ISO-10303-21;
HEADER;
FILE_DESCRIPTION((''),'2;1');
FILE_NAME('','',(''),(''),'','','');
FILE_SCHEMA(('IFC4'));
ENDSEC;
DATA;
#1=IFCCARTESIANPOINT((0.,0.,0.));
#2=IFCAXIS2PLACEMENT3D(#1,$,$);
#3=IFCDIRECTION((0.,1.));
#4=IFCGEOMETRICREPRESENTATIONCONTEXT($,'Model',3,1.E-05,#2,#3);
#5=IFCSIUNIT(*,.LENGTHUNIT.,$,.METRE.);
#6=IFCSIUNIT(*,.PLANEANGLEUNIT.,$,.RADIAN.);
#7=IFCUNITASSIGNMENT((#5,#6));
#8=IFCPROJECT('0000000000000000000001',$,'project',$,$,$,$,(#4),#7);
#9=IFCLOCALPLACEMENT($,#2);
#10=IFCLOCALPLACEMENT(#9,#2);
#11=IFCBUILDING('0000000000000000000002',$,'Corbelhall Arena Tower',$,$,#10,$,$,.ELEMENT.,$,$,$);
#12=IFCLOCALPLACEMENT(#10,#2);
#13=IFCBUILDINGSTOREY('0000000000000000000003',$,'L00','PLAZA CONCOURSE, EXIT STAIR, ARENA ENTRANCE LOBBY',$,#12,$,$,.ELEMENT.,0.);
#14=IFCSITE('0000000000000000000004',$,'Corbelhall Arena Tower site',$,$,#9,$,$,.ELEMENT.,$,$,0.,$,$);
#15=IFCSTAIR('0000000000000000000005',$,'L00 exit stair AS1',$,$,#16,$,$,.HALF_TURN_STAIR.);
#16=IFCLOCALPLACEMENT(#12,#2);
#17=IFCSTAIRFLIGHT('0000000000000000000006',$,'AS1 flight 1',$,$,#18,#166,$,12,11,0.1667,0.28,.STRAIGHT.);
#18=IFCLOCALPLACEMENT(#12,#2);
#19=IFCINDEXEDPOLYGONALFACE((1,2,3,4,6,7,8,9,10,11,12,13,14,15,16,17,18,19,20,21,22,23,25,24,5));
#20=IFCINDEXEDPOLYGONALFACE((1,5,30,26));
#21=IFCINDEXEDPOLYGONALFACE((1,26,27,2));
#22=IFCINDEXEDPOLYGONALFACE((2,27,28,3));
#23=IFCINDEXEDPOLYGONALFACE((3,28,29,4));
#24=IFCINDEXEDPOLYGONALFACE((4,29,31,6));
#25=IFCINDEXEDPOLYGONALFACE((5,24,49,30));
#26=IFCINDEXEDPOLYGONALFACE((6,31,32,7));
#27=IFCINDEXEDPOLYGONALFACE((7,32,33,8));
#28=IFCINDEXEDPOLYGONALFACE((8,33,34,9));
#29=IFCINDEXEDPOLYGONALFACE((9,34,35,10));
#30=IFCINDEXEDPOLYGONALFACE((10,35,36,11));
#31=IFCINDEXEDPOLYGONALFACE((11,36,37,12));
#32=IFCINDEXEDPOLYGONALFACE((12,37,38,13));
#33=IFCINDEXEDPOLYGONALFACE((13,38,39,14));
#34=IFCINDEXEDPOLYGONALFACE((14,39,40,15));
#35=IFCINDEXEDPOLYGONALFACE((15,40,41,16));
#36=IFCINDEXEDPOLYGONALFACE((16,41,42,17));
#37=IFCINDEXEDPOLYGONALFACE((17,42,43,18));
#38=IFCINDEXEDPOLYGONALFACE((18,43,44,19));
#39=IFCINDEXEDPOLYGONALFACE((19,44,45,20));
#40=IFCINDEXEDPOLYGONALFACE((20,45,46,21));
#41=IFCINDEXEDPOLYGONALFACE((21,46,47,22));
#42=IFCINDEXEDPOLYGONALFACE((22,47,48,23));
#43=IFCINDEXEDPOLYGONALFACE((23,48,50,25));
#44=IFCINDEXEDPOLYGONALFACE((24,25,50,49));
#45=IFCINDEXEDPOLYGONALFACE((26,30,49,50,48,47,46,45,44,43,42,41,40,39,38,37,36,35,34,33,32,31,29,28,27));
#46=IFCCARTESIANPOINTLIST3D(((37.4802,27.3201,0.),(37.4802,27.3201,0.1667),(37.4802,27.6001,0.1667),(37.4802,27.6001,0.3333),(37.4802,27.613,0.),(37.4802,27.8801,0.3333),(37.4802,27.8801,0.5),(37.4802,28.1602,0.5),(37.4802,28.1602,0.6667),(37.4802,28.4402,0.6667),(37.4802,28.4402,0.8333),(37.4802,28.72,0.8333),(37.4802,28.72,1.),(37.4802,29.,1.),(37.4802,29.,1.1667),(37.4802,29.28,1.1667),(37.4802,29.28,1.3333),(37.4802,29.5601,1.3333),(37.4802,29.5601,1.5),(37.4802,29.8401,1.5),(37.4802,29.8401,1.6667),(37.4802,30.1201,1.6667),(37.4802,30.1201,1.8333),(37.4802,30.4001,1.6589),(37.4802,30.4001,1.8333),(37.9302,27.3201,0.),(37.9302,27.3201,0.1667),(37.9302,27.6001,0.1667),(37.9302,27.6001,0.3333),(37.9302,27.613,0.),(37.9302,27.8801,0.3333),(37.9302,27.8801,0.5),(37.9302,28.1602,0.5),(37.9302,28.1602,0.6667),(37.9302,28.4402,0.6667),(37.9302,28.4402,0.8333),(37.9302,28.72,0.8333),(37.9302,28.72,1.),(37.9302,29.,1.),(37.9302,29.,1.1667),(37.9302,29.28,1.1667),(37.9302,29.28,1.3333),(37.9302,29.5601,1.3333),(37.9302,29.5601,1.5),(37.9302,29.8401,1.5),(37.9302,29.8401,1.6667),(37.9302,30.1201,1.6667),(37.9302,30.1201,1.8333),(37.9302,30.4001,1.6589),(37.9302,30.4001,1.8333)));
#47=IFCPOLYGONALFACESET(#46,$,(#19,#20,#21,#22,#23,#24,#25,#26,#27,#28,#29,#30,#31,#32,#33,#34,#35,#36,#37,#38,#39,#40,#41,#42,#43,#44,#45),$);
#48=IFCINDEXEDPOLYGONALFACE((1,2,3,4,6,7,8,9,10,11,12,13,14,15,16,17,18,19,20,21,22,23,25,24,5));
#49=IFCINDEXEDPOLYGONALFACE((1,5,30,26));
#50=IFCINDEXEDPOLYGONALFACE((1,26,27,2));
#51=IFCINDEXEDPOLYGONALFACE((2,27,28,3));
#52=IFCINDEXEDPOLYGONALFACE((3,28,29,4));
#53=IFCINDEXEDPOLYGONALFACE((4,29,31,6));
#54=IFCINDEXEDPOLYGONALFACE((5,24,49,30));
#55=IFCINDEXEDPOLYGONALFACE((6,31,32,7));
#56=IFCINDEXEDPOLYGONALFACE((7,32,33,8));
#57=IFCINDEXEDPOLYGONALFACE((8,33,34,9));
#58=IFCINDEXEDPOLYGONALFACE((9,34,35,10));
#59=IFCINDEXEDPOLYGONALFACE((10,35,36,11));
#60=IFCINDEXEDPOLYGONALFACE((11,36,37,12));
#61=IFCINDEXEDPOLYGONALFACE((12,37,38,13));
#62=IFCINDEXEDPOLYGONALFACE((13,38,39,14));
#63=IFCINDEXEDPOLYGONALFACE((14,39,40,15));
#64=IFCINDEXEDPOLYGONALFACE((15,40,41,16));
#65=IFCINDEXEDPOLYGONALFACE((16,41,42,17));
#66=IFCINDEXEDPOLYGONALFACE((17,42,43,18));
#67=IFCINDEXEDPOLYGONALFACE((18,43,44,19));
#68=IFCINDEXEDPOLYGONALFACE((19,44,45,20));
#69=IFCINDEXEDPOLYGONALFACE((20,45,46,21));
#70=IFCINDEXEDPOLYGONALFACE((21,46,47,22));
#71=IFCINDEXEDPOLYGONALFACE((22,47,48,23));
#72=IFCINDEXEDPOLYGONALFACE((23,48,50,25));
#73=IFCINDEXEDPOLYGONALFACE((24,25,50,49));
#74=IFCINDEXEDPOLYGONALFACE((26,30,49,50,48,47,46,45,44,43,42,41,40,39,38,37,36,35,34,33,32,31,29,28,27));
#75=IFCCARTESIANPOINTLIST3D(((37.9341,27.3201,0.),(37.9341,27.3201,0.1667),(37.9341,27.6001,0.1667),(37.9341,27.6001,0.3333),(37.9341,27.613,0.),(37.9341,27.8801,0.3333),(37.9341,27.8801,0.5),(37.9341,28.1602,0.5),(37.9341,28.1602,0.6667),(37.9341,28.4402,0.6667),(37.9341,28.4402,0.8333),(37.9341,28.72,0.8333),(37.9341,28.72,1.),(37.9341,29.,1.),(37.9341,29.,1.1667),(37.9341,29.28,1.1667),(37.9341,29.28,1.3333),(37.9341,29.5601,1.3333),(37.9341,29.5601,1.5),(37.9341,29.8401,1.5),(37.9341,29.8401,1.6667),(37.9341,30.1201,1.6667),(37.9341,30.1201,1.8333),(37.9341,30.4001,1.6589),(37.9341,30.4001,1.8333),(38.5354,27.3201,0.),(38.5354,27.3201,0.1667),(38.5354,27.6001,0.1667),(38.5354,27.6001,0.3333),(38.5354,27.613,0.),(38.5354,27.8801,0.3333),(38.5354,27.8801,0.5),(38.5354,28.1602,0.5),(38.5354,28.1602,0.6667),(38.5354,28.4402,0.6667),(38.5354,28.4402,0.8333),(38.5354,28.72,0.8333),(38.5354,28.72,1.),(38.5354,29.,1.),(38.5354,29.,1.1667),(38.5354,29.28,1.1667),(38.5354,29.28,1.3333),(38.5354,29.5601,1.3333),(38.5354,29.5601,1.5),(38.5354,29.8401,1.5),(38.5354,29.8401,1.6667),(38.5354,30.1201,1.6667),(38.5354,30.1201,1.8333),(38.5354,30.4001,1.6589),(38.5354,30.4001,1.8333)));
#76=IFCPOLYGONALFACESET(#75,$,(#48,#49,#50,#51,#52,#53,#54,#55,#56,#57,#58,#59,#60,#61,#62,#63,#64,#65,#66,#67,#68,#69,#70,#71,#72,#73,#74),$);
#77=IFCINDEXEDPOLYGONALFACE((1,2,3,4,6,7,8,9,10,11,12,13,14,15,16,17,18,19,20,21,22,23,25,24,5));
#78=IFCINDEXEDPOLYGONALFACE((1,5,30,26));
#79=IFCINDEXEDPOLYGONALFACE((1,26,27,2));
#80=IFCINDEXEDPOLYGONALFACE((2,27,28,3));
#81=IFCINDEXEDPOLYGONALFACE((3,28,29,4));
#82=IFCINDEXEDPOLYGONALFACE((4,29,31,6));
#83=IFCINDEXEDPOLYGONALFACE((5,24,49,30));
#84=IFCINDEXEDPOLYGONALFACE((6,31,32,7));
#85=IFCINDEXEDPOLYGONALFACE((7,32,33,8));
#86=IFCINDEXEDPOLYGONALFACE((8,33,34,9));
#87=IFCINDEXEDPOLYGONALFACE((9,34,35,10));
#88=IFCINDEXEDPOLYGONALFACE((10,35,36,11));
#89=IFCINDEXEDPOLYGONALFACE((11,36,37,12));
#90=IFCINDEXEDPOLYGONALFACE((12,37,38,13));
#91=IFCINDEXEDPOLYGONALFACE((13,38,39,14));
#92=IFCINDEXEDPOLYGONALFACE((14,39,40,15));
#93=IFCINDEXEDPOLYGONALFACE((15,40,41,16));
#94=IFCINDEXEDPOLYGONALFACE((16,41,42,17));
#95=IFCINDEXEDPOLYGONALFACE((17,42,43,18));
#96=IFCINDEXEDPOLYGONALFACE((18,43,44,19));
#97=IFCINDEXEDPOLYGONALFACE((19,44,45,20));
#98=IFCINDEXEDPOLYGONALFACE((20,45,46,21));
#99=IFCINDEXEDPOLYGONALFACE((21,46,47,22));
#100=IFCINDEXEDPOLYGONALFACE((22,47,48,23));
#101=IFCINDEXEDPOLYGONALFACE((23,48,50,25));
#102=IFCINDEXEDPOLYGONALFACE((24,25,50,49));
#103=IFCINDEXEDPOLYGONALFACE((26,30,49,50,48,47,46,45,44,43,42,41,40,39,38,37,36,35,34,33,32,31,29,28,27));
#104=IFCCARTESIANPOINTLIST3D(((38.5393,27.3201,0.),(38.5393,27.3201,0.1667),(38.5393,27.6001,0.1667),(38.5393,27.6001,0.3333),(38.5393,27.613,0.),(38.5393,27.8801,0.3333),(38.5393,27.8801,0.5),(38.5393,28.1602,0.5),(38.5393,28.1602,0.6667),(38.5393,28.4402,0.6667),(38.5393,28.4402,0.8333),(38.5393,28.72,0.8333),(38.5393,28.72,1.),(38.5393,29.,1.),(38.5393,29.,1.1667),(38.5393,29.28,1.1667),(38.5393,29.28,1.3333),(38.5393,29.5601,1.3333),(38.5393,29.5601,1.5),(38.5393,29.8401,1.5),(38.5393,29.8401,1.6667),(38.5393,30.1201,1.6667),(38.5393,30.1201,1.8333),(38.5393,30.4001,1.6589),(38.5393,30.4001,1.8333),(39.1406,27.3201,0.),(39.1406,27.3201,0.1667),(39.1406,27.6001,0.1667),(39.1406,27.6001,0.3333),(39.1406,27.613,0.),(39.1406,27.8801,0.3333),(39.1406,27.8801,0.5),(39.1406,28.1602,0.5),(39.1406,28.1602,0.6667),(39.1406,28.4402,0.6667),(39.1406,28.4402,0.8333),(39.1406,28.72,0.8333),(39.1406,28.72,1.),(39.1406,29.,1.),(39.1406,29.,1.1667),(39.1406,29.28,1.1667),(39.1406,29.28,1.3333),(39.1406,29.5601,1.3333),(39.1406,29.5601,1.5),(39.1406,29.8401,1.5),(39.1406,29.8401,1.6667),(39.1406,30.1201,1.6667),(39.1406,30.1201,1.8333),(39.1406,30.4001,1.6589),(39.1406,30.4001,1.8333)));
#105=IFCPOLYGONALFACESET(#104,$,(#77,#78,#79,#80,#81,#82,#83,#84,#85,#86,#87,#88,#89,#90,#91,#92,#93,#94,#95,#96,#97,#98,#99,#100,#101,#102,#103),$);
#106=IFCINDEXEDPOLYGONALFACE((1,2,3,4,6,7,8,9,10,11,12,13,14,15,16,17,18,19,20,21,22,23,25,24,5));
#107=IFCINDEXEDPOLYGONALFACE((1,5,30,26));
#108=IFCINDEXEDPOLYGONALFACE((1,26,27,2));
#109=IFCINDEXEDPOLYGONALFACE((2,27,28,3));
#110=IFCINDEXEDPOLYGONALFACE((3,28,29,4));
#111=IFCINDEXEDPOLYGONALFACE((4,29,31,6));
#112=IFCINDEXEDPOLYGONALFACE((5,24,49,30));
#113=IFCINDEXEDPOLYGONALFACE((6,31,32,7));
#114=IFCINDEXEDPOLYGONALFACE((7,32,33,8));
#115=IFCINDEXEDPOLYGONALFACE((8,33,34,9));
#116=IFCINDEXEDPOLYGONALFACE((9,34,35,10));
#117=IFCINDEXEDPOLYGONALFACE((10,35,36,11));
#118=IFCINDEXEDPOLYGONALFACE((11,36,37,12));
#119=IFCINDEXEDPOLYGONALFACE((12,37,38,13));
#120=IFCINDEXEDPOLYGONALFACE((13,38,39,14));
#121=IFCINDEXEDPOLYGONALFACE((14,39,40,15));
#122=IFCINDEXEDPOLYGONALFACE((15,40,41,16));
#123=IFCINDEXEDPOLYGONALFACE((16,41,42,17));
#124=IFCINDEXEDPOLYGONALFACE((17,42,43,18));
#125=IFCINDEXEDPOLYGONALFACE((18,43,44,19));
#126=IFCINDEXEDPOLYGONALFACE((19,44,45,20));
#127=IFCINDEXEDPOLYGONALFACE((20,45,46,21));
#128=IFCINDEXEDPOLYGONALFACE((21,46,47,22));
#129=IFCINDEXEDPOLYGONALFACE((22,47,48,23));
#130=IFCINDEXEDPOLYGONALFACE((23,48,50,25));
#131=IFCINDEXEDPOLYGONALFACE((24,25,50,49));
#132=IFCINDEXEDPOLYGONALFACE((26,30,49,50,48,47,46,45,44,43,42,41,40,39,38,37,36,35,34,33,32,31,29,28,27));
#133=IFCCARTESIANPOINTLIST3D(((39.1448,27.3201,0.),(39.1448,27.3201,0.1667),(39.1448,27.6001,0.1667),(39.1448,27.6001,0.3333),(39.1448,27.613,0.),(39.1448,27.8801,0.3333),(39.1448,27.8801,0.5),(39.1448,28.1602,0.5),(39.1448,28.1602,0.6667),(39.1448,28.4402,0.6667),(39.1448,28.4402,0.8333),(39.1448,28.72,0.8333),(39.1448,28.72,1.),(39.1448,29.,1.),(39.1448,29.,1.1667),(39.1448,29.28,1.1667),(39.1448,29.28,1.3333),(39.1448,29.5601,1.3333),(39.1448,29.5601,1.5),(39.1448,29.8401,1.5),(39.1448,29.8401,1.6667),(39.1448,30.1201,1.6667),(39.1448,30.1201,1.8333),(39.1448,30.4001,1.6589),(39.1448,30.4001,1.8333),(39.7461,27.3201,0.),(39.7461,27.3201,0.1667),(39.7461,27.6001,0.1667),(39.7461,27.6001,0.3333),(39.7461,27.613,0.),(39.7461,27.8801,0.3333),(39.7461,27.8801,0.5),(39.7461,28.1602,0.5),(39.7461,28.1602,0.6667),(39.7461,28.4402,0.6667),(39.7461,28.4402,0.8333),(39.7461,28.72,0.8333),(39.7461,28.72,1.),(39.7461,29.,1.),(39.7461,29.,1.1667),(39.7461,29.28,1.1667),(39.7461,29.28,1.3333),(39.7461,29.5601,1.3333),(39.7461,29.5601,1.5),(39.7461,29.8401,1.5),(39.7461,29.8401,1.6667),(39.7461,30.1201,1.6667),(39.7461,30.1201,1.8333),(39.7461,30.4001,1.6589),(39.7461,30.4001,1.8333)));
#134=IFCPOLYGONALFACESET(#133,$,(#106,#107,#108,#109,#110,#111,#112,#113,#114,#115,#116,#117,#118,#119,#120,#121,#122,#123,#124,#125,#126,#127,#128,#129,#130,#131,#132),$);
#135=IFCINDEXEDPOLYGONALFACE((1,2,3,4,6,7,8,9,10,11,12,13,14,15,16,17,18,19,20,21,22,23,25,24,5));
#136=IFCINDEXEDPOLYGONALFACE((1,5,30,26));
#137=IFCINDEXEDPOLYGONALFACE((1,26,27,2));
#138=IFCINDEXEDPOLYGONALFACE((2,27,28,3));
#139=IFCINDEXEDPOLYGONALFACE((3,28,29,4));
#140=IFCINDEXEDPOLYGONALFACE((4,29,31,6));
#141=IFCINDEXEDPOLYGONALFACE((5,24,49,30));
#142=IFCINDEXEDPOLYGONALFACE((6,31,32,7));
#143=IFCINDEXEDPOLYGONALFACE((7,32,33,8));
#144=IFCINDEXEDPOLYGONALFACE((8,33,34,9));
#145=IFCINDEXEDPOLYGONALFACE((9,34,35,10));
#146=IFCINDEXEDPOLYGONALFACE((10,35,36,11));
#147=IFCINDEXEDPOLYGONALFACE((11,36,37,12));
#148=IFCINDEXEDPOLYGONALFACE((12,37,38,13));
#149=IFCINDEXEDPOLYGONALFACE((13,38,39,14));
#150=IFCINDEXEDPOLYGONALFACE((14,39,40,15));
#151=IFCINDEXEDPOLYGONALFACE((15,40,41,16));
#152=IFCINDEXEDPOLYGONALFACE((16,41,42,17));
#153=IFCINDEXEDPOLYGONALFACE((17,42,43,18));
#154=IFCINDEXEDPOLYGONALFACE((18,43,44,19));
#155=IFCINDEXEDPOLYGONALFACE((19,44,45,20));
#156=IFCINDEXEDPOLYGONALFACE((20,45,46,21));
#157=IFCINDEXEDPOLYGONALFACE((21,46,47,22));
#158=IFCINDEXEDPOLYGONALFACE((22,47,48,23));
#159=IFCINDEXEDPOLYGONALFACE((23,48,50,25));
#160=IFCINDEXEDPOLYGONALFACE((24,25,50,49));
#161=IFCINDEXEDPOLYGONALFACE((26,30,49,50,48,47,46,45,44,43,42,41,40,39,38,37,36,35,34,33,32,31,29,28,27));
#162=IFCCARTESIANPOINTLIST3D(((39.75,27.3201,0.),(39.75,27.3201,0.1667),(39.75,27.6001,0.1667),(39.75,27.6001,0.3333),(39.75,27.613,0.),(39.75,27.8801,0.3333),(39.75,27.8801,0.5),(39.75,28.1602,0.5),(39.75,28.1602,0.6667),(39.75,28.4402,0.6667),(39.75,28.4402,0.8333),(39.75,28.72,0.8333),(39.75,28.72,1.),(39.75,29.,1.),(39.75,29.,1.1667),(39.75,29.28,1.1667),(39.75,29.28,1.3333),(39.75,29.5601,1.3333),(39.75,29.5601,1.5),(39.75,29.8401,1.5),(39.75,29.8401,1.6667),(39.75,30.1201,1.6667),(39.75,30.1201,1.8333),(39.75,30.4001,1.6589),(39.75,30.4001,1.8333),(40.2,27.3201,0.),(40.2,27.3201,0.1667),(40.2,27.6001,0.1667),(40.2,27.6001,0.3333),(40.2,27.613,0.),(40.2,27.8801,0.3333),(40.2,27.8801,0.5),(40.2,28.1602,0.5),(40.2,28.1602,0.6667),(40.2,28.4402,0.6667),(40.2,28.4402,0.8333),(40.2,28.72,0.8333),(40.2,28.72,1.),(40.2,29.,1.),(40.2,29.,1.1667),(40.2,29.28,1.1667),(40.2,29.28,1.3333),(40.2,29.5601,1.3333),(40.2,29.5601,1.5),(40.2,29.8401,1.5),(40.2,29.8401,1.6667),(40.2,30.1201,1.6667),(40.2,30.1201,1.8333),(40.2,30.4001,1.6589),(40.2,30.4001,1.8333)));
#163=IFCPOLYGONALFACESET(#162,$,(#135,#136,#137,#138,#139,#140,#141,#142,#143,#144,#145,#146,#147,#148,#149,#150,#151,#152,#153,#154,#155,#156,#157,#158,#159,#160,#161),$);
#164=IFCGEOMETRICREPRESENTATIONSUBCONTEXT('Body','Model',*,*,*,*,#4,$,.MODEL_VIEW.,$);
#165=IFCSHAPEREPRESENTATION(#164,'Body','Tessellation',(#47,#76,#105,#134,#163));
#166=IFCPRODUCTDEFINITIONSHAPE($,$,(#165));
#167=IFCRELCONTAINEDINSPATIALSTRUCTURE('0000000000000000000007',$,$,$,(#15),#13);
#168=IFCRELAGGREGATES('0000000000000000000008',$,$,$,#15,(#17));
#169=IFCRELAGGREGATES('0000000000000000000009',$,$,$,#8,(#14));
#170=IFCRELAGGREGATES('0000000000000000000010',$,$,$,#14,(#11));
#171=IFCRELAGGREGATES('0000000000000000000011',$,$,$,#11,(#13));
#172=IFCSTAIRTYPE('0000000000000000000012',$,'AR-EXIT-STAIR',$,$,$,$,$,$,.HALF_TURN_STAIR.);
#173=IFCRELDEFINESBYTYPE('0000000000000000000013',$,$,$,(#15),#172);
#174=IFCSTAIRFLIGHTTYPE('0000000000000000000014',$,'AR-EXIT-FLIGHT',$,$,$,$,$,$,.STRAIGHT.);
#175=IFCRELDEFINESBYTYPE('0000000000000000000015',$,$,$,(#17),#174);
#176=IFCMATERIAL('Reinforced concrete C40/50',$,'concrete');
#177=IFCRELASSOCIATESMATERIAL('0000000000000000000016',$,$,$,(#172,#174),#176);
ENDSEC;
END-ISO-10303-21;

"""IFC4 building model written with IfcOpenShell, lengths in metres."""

from ifc_helpers import new_model, si_unit, direction, frame, origin, place, context, subcontext, project, spatial, polyline, outline, extrude, material, type_object, element, aggregate, save


model = new_model("IFC4")

# Units and contexts
model_context = context("Model", 3, precision=1e-05, world=origin(), true_north=direction((0.0, 1.0)))
body_context = subcontext(model_context, "Body", "Model", "MODEL_VIEW")
ifc_project = project(units=[si_unit("LENGTHUNIT", "METRE"), si_unit("PLANEANGLEUNIT", "RADIAN")], contexts=[model_context])

# Site, building, storey
site_placement = place(None, origin())
site = spatial("IfcSite", under=ifc_project, at=site_placement, Name="Corbelhall Arena Tower site", CompositionType="ELEMENT", RefElevation=0.0)
building_placement = place(site_placement, origin())
building = spatial("IfcBuilding", under=site, at=building_placement, Name="Corbelhall Arena Tower", CompositionType="ELEMENT")
storey_placement = place(building_placement, origin())
storey = spatial("IfcBuildingStorey", under=building, at=storey_placement, Name="L00", Description="PLAZA CONCOURSE, EXIT STAIR, ARENA ENTRANCE LOBBY", CompositionType="ELEMENT", Elevation=0.0)

# Shared definitions
ifc_material_1 = material(Name="Reinforced concrete C40/50", Category="concrete")

# Stair, stair flight
stair_type = type_object("IfcStairType", Name="AR-EXIT-STAIR", PredefinedType="HALF_TURN_STAIR", material=ifc_material_1)
stair_1_placement = place(storey_placement, origin())
stair_1 = element("IfcStair", 1, at=stair_1_placement, inside=storey, type_object=stair_type, Name="L00 exit stair AS1", PredefinedType="HALF_TURN_STAIR")
stair_flight_type = type_object("IfcStairFlightType", Name="AR-EXIT-FLIGHT", PredefinedType="STRAIGHT", material=ifc_material_1)
stair_flight_1_placement = place(storey_placement, frame((38.8401, 27.3201, 0.0), z_axis=(0.0, 0.0, 1.0), x_axis=(0.0, 1.0, 0.0)))
stair_flight_1 = element("IfcStairFlight", 2, at=stair_flight_1_placement, type_object=stair_flight_type, Name="AS1 flight 1", NumberOfRisers=12, NumberOfTreads=11, PredefinedType="STRAIGHT", RiserHeight=0.1667, TreadLength=0.28, context=body_context, shape_type="SweptSolid", body=[
    extrude(outline(polyline([(0.0, 0.0), (0.0, 0.1667), (0.28, 0.1667), (0.28, 0.3333), (0.5601, 0.3333), (0.5601, 0.5), (0.8401, 0.5), (0.8401, 0.6667), (1.1201, 0.6667), (1.1201, 0.8333), (1.3999, 0.8333), (1.3999, 1.0), (1.6799, 1.0), (1.6799, 1.1667), (1.96, 1.1667), (1.96, 1.3333), (2.24, 1.3333), (2.24, 1.5), (2.52, 1.5), (2.52, 1.6667), (2.8, 1.6667), (2.8, 1.8333), (3.0801, 1.8333), (3.0801, 2.0), (3.0801, 1.6589), (0.293, 0.0), (0.0, 0.0)])), frame((0.0, 1.3599, 0.0), z_axis=(0.0, -1.0, 0.0), x_axis=(1.0, 0.0, 0.0)), (0.0, 0.0, 1.0), 0.45),
    extrude(outline(polyline([(0.0, 0.0), (0.0, 0.1667), (0.28, 0.1667), (0.28, 0.3333), (0.5601, 0.3333), (0.5601, 0.5), (0.8401, 0.5), (0.8401, 0.6667), (1.1201, 0.6667), (1.1201, 0.8333), (1.3999, 0.8333), (1.3999, 1.0), (1.6799, 1.0), (1.6799, 1.1667), (1.96, 1.1667), (1.96, 1.3333), (2.24, 1.3333), (2.24, 1.5), (2.52, 1.5), (2.52, 1.6667), (2.8, 1.6667), (2.8, 1.8333), (3.0801, 1.8333), (3.0801, 2.0), (3.0801, 1.6589), (0.293, 0.0), (0.0, 0.0)])), frame((0.0, 0.906, 0.0), z_axis=(0.0, -1.0, 0.0), x_axis=(1.0, 0.0, 0.0)), (0.0, 0.0, 1.0), 0.6013),
    extrude(outline(polyline([(0.0, 0.0), (0.0, 0.1667), (0.28, 0.1667), (0.28, 0.3333), (0.5601, 0.3333), (0.5601, 0.5), (0.8401, 0.5), (0.8401, 0.6667), (1.1201, 0.6667), (1.1201, 0.8333), (1.3999, 0.8333), (1.3999, 1.0), (1.6799, 1.0), (1.6799, 1.1667), (1.96, 1.1667), (1.96, 1.3333), (2.24, 1.3333), (2.24, 1.5), (2.52, 1.5), (2.52, 1.6667), (2.8, 1.6667), (2.8, 1.8333), (3.0801, 1.8333), (3.0801, 2.0), (3.0801, 1.6589), (0.293, 0.0), (0.0, 0.0)])), frame((0.0, 0.3008, 0.0), z_axis=(0.0, -1.0, 0.0), x_axis=(1.0, 0.0, 0.0)), (0.0, 0.0, 1.0), 0.6013),
    extrude(outline(polyline([(0.0, 0.0), (0.0, 0.1667), (0.28, 0.1667), (0.28, 0.3333), (0.5601, 0.3333), (0.5601, 0.5), (0.8401, 0.5), (0.8401, 0.6667), (1.1201, 0.6667), (1.1201, 0.8333), (1.3999, 0.8333), (1.3999, 1.0), (1.6799, 1.0), (1.6799, 1.1667), (1.96, 1.1667), (1.96, 1.3333), (2.24, 1.3333), (2.24, 1.5), (2.52, 1.5), (2.52, 1.6667), (2.8, 1.6667), (2.8, 1.8333), (3.0801, 1.8333), (3.0801, 2.0), (3.0801, 1.6589), (0.293, 0.0), (0.0, 0.0)])), frame((0.0, -0.3047, 0.0), z_axis=(0.0, -1.0, 0.0), x_axis=(1.0, 0.0, 0.0)), (0.0, 0.0, 1.0), 0.6013),
    extrude(outline(polyline([(0.0, 0.0), (0.0, 0.1667), (0.28, 0.1667), (0.28, 0.3333), (0.5601, 0.3333), (0.5601, 0.5), (0.8401, 0.5), (0.8401, 0.6667), (1.1201, 0.6667), (1.1201, 0.8333), (1.3999, 0.8333), (1.3999, 1.0), (1.6799, 1.0), (1.6799, 1.1667), (1.96, 1.1667), (1.96, 1.3333), (2.24, 1.3333), (2.24, 1.5), (2.52, 1.5), (2.52, 1.6667), (2.8, 1.6667), (2.8, 1.8333), (3.0801, 1.8333), (3.0801, 2.0), (3.0801, 1.6589), (0.293, 0.0), (0.0, 0.0)])), frame((0.0, -0.9099, 0.0), z_axis=(0.0, -1.0, 0.0), x_axis=(1.0, 0.0, 0.0)), (0.0, 0.0, 1.0), 0.45),
])
aggregate(stair_1, [stair_flight_1])

save(model, "model.ifc")
